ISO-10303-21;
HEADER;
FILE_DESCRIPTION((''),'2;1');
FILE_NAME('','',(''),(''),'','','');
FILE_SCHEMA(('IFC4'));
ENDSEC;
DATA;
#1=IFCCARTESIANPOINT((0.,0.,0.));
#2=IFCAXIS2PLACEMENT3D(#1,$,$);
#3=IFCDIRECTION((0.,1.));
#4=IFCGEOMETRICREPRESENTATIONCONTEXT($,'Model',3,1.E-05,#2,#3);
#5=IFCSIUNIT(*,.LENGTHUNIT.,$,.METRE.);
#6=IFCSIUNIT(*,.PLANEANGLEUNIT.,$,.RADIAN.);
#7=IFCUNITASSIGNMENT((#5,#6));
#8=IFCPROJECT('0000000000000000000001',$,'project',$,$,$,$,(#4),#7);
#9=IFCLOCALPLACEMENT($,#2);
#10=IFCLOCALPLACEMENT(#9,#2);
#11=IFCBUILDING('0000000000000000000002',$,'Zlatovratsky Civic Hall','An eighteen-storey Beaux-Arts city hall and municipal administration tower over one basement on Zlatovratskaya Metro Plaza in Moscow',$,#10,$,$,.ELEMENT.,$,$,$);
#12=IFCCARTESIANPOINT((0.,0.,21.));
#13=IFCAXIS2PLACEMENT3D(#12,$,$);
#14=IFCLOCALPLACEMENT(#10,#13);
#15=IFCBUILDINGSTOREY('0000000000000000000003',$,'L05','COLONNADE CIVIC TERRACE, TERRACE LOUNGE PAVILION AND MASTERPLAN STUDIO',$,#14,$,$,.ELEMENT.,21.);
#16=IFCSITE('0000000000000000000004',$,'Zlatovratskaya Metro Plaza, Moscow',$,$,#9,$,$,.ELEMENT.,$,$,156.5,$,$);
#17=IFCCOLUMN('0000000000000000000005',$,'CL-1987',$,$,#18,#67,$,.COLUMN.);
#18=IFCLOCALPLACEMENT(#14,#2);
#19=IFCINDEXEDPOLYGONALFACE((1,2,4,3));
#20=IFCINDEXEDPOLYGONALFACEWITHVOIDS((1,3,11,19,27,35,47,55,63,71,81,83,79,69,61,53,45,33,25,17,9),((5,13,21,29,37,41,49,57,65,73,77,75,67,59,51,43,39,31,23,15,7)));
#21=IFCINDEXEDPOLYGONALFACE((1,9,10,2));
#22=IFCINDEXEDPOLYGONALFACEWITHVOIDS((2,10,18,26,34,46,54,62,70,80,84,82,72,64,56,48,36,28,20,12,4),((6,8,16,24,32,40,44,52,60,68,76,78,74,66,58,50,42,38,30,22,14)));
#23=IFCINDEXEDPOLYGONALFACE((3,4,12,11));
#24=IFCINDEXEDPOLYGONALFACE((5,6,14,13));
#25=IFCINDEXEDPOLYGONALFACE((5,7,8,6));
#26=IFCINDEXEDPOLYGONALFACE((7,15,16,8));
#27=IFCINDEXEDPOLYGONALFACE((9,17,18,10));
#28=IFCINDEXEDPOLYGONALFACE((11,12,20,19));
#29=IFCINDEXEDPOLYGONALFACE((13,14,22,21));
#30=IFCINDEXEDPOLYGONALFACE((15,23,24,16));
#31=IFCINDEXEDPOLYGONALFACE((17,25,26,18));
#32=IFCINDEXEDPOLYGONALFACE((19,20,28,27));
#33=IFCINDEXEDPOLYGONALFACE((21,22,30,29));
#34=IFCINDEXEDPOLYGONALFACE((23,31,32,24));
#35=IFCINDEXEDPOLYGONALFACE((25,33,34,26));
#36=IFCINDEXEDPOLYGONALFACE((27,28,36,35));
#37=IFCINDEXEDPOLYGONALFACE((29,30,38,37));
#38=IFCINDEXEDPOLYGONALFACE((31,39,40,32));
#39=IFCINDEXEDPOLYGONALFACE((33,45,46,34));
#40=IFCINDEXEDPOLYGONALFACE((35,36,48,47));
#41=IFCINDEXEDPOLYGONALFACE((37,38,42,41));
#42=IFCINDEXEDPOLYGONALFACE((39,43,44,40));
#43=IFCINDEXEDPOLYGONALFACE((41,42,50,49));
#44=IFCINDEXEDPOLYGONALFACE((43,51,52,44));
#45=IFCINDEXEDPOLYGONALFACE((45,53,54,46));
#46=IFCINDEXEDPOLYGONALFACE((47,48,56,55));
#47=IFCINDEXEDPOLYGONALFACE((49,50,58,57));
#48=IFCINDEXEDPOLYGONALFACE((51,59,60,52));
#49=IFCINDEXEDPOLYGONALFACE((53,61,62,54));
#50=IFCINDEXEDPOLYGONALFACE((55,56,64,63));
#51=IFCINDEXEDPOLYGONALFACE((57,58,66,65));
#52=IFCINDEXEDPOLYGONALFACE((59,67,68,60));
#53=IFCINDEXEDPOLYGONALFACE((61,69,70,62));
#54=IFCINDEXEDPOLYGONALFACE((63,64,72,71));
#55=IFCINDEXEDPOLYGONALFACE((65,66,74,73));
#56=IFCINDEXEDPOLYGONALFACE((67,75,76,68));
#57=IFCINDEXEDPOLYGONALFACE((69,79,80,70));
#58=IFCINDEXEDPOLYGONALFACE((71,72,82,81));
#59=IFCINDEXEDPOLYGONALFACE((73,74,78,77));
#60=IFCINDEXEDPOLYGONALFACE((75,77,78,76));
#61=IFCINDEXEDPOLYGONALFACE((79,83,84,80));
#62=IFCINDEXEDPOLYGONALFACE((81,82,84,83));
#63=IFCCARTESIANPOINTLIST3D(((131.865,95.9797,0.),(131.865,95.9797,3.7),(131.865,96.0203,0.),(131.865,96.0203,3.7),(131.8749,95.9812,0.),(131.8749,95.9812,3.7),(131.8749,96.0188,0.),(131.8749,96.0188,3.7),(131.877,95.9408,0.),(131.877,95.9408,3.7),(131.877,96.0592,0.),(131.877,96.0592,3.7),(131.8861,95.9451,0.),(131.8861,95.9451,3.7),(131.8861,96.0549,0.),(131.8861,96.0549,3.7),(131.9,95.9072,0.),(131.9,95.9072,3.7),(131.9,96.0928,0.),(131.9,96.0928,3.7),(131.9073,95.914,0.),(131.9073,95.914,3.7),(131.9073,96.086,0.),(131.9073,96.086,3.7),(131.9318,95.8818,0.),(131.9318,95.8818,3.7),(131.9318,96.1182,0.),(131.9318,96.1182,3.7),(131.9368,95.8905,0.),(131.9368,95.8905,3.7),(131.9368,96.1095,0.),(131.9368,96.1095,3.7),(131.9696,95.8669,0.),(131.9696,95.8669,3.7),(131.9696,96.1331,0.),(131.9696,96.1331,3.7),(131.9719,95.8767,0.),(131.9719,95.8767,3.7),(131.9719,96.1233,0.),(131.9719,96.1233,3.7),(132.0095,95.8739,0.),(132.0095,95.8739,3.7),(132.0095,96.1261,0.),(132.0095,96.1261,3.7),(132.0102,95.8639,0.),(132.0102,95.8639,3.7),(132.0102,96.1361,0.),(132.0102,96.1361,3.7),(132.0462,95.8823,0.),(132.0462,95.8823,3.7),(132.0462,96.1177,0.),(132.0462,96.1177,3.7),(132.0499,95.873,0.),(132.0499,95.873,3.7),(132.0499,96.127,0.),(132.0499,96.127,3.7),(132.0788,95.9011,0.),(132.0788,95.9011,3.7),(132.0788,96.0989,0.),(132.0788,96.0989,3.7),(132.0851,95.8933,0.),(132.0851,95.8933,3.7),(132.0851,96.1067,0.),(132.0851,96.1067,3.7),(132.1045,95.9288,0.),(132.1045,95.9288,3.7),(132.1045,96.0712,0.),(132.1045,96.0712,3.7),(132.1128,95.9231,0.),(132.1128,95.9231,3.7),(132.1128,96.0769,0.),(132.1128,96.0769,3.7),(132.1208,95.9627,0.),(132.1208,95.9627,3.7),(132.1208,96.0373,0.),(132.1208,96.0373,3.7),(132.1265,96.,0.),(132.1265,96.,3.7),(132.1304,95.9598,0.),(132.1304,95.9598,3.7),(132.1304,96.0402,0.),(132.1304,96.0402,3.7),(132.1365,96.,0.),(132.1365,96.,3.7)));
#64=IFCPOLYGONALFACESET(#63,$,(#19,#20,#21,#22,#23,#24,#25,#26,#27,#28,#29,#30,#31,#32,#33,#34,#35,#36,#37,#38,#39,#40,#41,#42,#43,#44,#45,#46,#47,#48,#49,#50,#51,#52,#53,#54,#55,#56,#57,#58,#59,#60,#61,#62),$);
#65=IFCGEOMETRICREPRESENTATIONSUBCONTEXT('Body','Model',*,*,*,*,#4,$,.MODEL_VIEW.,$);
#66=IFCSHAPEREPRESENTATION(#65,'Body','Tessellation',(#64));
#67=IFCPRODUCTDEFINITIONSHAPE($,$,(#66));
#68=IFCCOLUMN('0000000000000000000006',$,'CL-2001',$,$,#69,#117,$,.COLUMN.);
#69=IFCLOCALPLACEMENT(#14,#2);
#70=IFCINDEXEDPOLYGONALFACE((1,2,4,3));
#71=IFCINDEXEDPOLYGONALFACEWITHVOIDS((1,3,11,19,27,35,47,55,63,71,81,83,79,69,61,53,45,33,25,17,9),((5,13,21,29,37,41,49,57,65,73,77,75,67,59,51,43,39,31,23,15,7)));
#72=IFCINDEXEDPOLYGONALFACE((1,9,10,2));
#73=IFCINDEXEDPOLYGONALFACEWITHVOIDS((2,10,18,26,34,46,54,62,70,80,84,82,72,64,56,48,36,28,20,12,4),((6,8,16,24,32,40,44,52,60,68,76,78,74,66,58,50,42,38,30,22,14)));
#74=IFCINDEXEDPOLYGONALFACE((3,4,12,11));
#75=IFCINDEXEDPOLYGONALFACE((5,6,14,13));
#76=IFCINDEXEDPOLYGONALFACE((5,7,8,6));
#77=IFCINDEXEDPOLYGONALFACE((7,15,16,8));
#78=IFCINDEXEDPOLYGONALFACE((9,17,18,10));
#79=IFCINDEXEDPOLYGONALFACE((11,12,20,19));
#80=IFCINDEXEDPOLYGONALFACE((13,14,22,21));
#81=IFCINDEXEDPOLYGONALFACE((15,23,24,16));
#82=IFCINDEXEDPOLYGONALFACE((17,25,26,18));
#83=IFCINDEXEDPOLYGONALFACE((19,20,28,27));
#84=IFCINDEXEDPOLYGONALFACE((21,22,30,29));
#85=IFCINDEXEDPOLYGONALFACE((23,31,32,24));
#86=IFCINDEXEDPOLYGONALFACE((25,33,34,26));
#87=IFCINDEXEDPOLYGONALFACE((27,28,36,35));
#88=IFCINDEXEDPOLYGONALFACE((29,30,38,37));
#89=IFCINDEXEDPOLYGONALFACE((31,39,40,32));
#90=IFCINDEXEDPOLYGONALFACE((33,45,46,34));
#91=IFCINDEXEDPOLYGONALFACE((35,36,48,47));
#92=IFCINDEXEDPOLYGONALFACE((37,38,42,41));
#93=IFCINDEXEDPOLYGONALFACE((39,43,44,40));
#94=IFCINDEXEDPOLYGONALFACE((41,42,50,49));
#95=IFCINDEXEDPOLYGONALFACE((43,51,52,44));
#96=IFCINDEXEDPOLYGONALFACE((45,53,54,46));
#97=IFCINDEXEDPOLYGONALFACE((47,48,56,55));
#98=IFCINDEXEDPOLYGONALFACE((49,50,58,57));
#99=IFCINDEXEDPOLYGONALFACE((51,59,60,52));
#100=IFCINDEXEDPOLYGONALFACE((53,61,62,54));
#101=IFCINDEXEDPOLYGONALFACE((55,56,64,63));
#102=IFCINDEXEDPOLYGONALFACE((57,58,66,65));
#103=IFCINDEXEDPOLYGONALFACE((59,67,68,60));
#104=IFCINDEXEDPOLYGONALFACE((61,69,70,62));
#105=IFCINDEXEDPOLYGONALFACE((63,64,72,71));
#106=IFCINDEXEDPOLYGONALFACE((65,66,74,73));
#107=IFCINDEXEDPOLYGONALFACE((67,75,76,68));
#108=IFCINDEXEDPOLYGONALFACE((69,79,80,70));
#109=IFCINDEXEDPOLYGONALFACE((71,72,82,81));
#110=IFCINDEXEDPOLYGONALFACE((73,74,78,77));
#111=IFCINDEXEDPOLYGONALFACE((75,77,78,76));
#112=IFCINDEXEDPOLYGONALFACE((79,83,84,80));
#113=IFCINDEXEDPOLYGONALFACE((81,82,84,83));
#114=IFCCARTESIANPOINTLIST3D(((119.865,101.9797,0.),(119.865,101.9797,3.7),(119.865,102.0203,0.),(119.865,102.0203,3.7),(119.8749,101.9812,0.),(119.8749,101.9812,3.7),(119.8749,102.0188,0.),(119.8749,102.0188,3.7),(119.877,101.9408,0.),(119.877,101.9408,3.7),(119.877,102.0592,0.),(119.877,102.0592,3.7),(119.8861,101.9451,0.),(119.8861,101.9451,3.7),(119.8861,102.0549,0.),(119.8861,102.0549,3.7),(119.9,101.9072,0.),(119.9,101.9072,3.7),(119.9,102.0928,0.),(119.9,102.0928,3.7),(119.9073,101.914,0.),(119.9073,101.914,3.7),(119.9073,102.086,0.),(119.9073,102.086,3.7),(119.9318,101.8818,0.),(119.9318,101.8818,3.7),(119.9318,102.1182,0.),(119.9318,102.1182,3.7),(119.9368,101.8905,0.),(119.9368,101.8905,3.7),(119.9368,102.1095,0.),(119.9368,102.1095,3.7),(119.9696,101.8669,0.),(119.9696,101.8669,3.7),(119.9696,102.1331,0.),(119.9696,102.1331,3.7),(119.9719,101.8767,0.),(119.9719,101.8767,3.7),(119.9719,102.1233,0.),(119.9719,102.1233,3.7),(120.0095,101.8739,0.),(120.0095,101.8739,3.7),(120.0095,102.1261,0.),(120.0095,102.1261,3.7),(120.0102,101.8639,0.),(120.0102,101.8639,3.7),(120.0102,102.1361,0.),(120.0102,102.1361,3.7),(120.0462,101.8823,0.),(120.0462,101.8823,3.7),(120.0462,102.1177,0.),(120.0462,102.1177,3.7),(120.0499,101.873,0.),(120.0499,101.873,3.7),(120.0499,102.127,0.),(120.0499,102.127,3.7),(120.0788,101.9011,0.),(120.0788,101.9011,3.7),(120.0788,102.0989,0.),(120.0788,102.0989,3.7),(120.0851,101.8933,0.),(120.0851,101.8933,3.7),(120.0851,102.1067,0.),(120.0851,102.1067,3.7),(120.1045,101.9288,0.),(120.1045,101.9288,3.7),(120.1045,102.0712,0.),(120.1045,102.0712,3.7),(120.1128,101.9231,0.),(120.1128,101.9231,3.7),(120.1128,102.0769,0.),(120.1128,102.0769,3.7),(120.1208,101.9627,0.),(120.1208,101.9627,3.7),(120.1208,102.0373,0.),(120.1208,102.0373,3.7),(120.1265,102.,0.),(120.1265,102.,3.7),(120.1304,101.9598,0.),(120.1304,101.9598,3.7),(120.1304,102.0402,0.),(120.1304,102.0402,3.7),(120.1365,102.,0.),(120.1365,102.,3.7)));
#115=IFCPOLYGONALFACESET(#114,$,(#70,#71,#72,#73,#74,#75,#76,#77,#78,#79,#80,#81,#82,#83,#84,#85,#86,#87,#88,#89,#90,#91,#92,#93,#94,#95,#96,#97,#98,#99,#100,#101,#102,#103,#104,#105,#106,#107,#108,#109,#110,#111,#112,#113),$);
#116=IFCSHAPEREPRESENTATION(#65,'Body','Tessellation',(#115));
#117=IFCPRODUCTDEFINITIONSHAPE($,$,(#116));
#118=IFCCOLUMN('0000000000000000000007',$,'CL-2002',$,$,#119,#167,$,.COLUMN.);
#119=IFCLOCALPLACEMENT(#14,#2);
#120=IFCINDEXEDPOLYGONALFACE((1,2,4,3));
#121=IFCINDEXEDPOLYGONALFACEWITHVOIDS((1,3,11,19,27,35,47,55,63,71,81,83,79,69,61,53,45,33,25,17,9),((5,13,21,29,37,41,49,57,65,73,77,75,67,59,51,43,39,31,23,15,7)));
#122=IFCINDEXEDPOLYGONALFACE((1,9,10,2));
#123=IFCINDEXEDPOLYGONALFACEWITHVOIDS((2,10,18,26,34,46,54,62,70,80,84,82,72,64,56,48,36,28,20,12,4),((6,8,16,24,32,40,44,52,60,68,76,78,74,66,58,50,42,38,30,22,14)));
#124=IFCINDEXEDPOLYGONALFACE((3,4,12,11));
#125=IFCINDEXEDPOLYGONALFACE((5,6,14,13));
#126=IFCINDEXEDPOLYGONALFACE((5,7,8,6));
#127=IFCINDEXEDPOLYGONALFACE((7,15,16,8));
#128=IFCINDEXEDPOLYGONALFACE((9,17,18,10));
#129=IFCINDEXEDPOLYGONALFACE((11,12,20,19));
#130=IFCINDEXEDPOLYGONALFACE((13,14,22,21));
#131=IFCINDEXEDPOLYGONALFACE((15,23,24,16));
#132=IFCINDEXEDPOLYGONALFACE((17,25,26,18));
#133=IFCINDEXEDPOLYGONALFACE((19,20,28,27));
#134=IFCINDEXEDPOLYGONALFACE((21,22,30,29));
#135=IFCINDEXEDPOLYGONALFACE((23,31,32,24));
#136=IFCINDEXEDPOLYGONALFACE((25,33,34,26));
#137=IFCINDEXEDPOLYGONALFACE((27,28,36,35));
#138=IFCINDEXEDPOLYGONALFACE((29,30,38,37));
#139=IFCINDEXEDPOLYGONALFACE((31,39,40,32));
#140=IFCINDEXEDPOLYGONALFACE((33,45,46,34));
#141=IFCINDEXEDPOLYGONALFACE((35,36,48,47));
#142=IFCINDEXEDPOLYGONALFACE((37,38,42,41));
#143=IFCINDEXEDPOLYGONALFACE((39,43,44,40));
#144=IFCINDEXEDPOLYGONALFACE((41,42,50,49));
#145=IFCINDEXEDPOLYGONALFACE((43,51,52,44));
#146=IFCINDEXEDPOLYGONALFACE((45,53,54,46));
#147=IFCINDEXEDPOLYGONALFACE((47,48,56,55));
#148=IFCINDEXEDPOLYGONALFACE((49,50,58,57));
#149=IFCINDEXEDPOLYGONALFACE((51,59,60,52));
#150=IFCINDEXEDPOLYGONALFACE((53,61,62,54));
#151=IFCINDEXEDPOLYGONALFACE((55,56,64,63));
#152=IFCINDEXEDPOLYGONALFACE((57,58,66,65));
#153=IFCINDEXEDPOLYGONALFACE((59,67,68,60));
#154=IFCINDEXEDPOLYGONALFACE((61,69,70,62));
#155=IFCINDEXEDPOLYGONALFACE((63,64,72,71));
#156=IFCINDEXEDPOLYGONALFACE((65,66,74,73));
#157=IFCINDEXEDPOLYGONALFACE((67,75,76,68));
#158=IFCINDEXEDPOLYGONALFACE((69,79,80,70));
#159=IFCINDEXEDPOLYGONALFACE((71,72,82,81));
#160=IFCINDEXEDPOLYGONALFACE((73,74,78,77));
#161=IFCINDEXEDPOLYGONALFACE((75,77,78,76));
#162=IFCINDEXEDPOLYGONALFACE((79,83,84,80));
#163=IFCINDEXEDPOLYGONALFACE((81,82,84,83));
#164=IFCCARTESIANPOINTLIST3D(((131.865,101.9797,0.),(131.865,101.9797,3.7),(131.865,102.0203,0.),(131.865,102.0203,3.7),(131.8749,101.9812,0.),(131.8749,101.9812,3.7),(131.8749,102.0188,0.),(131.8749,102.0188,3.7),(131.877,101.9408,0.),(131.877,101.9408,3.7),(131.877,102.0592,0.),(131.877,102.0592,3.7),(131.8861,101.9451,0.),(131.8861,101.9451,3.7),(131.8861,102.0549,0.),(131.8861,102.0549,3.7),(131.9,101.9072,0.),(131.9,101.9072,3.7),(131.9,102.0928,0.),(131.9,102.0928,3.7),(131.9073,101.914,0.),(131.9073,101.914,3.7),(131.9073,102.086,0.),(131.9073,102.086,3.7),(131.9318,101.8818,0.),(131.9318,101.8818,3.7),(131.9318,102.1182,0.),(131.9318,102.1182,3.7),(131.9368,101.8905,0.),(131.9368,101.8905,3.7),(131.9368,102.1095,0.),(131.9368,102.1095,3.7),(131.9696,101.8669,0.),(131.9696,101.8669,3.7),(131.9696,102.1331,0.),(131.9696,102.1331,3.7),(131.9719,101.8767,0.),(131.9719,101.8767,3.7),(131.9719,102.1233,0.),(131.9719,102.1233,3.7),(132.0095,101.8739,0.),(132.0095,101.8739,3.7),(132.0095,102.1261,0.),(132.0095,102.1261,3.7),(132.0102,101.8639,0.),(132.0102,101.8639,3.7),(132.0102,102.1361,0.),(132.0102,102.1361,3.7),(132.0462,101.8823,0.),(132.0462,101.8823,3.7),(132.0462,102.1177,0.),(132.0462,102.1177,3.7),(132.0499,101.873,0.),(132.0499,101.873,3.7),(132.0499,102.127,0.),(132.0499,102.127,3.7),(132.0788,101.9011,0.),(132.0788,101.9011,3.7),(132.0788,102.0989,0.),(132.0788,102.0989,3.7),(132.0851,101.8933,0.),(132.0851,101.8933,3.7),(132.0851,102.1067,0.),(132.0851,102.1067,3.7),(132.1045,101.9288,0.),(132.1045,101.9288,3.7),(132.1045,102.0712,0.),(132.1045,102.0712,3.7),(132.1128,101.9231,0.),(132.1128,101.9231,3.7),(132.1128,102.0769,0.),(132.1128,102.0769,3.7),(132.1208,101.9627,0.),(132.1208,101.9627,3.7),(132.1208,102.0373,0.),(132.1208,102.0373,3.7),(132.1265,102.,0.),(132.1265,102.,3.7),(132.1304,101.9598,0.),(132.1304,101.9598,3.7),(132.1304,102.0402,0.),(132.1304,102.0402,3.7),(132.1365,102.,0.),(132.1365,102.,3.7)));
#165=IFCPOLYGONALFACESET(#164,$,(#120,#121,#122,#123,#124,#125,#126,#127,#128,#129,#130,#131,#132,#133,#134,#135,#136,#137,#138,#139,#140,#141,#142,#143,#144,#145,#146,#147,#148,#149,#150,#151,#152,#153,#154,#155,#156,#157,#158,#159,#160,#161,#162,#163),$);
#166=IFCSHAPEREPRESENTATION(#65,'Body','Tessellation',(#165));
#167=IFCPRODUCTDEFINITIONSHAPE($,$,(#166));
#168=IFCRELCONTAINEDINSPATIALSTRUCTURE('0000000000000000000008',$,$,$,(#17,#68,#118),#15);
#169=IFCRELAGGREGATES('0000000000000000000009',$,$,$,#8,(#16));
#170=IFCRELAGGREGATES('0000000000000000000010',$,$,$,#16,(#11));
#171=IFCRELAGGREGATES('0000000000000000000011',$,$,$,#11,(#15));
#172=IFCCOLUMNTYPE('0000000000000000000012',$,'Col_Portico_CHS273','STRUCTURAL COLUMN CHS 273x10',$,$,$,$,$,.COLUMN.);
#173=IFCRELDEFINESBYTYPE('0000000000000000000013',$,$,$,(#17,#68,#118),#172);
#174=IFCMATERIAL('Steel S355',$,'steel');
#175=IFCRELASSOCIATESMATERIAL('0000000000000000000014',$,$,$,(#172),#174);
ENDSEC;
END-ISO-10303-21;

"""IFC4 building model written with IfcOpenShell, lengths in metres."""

from ifc_helpers import new_model, si_unit, direction, frame, origin, origin_2d, place, context, subcontext, project, spatial, hollow_circle, extrude, material, material_profile, profile_set, type_object, element, save


model = new_model("IFC4")

# Units and contexts
model_context = context("Model", 3, precision=1e-05, world=origin(), true_north=direction((0.0, 1.0)))
body_context = subcontext(model_context, "Body", "Model", "MODEL_VIEW")
ifc_project = project(units=[si_unit("LENGTHUNIT", "METRE"), si_unit("PLANEANGLEUNIT", "RADIAN")], contexts=[model_context])

# Site, building, storey
site_placement = place(None, origin())
site = spatial("IfcSite", under=ifc_project, at=site_placement, Name="Zlatovratskaya Metro Plaza, Moscow", CompositionType="ELEMENT", RefElevation=156.5)
building_placement = place(site_placement, origin())
building = spatial("IfcBuilding", under=site, at=building_placement, Name="Zlatovratsky Civic Hall", Description="An eighteen-storey Beaux-Arts city hall and municipal administration tower over one basement on Zlatovratskaya Metro Plaza in Moscow", CompositionType="ELEMENT")
storey_placement = place(building_placement, frame((0.0, 0.0, 21.0)))
storey = spatial("IfcBuildingStorey", under=building, at=storey_placement, Name="L05", Description="COLONNADE CIVIC TERRACE, TERRACE LOUNGE PAVILION AND MASTERPLAN STUDIO", CompositionType="ELEMENT", Elevation=21.0)

# Columns
ifc_material_1 = material(Name="Steel S355", Category="steel")
ifc_material_profile_1 = material_profile(ifc_material_1, hollow_circle(Radius=0.1365, WallThickness=0.01, at=origin_2d()), Name="CHS 273x10")
ifc_profile_set_1 = profile_set([ifc_material_profile_1], Name="Steel S355")
column_type_1 = type_object("IfcColumnType", Name="Col_Portico_CHS273", Description="STRUCTURAL COLUMN CHS 273x10", PredefinedType="COLUMN", material=ifc_profile_set_1)
for number, where, z_axis, x_axis, name in (
    (1, (132.0, 96.0, 0.0), (0.0, 0.0, 1.0), (1.0, 0.0, 0.0), "CL-1987"),
    (2, (120.0, 102.0, 0.0), (0.0, 0.0, 1.0), (1.0, 0.0, 0.0), "CL-2001"),
    (3, (132.0, 102.0, 0.0), (0.0, 0.0, 1.0), (1.0, 0.0, 0.0), "CL-2002"),
):
    element("IfcColumn", number, at=place(storey_placement, frame(where, z_axis=z_axis, x_axis=x_axis)), inside=storey, type_object=column_type_1, Name=name, PredefinedType="COLUMN", context=body_context, shape_type="SweptSolid", body=[
        extrude(hollow_circle(Radius=0.1365, WallThickness=0.01, at=origin_2d()), origin(), (0.0, 0.0, 1.0), 3.7),
    ])

save(model, "model.ifc")
